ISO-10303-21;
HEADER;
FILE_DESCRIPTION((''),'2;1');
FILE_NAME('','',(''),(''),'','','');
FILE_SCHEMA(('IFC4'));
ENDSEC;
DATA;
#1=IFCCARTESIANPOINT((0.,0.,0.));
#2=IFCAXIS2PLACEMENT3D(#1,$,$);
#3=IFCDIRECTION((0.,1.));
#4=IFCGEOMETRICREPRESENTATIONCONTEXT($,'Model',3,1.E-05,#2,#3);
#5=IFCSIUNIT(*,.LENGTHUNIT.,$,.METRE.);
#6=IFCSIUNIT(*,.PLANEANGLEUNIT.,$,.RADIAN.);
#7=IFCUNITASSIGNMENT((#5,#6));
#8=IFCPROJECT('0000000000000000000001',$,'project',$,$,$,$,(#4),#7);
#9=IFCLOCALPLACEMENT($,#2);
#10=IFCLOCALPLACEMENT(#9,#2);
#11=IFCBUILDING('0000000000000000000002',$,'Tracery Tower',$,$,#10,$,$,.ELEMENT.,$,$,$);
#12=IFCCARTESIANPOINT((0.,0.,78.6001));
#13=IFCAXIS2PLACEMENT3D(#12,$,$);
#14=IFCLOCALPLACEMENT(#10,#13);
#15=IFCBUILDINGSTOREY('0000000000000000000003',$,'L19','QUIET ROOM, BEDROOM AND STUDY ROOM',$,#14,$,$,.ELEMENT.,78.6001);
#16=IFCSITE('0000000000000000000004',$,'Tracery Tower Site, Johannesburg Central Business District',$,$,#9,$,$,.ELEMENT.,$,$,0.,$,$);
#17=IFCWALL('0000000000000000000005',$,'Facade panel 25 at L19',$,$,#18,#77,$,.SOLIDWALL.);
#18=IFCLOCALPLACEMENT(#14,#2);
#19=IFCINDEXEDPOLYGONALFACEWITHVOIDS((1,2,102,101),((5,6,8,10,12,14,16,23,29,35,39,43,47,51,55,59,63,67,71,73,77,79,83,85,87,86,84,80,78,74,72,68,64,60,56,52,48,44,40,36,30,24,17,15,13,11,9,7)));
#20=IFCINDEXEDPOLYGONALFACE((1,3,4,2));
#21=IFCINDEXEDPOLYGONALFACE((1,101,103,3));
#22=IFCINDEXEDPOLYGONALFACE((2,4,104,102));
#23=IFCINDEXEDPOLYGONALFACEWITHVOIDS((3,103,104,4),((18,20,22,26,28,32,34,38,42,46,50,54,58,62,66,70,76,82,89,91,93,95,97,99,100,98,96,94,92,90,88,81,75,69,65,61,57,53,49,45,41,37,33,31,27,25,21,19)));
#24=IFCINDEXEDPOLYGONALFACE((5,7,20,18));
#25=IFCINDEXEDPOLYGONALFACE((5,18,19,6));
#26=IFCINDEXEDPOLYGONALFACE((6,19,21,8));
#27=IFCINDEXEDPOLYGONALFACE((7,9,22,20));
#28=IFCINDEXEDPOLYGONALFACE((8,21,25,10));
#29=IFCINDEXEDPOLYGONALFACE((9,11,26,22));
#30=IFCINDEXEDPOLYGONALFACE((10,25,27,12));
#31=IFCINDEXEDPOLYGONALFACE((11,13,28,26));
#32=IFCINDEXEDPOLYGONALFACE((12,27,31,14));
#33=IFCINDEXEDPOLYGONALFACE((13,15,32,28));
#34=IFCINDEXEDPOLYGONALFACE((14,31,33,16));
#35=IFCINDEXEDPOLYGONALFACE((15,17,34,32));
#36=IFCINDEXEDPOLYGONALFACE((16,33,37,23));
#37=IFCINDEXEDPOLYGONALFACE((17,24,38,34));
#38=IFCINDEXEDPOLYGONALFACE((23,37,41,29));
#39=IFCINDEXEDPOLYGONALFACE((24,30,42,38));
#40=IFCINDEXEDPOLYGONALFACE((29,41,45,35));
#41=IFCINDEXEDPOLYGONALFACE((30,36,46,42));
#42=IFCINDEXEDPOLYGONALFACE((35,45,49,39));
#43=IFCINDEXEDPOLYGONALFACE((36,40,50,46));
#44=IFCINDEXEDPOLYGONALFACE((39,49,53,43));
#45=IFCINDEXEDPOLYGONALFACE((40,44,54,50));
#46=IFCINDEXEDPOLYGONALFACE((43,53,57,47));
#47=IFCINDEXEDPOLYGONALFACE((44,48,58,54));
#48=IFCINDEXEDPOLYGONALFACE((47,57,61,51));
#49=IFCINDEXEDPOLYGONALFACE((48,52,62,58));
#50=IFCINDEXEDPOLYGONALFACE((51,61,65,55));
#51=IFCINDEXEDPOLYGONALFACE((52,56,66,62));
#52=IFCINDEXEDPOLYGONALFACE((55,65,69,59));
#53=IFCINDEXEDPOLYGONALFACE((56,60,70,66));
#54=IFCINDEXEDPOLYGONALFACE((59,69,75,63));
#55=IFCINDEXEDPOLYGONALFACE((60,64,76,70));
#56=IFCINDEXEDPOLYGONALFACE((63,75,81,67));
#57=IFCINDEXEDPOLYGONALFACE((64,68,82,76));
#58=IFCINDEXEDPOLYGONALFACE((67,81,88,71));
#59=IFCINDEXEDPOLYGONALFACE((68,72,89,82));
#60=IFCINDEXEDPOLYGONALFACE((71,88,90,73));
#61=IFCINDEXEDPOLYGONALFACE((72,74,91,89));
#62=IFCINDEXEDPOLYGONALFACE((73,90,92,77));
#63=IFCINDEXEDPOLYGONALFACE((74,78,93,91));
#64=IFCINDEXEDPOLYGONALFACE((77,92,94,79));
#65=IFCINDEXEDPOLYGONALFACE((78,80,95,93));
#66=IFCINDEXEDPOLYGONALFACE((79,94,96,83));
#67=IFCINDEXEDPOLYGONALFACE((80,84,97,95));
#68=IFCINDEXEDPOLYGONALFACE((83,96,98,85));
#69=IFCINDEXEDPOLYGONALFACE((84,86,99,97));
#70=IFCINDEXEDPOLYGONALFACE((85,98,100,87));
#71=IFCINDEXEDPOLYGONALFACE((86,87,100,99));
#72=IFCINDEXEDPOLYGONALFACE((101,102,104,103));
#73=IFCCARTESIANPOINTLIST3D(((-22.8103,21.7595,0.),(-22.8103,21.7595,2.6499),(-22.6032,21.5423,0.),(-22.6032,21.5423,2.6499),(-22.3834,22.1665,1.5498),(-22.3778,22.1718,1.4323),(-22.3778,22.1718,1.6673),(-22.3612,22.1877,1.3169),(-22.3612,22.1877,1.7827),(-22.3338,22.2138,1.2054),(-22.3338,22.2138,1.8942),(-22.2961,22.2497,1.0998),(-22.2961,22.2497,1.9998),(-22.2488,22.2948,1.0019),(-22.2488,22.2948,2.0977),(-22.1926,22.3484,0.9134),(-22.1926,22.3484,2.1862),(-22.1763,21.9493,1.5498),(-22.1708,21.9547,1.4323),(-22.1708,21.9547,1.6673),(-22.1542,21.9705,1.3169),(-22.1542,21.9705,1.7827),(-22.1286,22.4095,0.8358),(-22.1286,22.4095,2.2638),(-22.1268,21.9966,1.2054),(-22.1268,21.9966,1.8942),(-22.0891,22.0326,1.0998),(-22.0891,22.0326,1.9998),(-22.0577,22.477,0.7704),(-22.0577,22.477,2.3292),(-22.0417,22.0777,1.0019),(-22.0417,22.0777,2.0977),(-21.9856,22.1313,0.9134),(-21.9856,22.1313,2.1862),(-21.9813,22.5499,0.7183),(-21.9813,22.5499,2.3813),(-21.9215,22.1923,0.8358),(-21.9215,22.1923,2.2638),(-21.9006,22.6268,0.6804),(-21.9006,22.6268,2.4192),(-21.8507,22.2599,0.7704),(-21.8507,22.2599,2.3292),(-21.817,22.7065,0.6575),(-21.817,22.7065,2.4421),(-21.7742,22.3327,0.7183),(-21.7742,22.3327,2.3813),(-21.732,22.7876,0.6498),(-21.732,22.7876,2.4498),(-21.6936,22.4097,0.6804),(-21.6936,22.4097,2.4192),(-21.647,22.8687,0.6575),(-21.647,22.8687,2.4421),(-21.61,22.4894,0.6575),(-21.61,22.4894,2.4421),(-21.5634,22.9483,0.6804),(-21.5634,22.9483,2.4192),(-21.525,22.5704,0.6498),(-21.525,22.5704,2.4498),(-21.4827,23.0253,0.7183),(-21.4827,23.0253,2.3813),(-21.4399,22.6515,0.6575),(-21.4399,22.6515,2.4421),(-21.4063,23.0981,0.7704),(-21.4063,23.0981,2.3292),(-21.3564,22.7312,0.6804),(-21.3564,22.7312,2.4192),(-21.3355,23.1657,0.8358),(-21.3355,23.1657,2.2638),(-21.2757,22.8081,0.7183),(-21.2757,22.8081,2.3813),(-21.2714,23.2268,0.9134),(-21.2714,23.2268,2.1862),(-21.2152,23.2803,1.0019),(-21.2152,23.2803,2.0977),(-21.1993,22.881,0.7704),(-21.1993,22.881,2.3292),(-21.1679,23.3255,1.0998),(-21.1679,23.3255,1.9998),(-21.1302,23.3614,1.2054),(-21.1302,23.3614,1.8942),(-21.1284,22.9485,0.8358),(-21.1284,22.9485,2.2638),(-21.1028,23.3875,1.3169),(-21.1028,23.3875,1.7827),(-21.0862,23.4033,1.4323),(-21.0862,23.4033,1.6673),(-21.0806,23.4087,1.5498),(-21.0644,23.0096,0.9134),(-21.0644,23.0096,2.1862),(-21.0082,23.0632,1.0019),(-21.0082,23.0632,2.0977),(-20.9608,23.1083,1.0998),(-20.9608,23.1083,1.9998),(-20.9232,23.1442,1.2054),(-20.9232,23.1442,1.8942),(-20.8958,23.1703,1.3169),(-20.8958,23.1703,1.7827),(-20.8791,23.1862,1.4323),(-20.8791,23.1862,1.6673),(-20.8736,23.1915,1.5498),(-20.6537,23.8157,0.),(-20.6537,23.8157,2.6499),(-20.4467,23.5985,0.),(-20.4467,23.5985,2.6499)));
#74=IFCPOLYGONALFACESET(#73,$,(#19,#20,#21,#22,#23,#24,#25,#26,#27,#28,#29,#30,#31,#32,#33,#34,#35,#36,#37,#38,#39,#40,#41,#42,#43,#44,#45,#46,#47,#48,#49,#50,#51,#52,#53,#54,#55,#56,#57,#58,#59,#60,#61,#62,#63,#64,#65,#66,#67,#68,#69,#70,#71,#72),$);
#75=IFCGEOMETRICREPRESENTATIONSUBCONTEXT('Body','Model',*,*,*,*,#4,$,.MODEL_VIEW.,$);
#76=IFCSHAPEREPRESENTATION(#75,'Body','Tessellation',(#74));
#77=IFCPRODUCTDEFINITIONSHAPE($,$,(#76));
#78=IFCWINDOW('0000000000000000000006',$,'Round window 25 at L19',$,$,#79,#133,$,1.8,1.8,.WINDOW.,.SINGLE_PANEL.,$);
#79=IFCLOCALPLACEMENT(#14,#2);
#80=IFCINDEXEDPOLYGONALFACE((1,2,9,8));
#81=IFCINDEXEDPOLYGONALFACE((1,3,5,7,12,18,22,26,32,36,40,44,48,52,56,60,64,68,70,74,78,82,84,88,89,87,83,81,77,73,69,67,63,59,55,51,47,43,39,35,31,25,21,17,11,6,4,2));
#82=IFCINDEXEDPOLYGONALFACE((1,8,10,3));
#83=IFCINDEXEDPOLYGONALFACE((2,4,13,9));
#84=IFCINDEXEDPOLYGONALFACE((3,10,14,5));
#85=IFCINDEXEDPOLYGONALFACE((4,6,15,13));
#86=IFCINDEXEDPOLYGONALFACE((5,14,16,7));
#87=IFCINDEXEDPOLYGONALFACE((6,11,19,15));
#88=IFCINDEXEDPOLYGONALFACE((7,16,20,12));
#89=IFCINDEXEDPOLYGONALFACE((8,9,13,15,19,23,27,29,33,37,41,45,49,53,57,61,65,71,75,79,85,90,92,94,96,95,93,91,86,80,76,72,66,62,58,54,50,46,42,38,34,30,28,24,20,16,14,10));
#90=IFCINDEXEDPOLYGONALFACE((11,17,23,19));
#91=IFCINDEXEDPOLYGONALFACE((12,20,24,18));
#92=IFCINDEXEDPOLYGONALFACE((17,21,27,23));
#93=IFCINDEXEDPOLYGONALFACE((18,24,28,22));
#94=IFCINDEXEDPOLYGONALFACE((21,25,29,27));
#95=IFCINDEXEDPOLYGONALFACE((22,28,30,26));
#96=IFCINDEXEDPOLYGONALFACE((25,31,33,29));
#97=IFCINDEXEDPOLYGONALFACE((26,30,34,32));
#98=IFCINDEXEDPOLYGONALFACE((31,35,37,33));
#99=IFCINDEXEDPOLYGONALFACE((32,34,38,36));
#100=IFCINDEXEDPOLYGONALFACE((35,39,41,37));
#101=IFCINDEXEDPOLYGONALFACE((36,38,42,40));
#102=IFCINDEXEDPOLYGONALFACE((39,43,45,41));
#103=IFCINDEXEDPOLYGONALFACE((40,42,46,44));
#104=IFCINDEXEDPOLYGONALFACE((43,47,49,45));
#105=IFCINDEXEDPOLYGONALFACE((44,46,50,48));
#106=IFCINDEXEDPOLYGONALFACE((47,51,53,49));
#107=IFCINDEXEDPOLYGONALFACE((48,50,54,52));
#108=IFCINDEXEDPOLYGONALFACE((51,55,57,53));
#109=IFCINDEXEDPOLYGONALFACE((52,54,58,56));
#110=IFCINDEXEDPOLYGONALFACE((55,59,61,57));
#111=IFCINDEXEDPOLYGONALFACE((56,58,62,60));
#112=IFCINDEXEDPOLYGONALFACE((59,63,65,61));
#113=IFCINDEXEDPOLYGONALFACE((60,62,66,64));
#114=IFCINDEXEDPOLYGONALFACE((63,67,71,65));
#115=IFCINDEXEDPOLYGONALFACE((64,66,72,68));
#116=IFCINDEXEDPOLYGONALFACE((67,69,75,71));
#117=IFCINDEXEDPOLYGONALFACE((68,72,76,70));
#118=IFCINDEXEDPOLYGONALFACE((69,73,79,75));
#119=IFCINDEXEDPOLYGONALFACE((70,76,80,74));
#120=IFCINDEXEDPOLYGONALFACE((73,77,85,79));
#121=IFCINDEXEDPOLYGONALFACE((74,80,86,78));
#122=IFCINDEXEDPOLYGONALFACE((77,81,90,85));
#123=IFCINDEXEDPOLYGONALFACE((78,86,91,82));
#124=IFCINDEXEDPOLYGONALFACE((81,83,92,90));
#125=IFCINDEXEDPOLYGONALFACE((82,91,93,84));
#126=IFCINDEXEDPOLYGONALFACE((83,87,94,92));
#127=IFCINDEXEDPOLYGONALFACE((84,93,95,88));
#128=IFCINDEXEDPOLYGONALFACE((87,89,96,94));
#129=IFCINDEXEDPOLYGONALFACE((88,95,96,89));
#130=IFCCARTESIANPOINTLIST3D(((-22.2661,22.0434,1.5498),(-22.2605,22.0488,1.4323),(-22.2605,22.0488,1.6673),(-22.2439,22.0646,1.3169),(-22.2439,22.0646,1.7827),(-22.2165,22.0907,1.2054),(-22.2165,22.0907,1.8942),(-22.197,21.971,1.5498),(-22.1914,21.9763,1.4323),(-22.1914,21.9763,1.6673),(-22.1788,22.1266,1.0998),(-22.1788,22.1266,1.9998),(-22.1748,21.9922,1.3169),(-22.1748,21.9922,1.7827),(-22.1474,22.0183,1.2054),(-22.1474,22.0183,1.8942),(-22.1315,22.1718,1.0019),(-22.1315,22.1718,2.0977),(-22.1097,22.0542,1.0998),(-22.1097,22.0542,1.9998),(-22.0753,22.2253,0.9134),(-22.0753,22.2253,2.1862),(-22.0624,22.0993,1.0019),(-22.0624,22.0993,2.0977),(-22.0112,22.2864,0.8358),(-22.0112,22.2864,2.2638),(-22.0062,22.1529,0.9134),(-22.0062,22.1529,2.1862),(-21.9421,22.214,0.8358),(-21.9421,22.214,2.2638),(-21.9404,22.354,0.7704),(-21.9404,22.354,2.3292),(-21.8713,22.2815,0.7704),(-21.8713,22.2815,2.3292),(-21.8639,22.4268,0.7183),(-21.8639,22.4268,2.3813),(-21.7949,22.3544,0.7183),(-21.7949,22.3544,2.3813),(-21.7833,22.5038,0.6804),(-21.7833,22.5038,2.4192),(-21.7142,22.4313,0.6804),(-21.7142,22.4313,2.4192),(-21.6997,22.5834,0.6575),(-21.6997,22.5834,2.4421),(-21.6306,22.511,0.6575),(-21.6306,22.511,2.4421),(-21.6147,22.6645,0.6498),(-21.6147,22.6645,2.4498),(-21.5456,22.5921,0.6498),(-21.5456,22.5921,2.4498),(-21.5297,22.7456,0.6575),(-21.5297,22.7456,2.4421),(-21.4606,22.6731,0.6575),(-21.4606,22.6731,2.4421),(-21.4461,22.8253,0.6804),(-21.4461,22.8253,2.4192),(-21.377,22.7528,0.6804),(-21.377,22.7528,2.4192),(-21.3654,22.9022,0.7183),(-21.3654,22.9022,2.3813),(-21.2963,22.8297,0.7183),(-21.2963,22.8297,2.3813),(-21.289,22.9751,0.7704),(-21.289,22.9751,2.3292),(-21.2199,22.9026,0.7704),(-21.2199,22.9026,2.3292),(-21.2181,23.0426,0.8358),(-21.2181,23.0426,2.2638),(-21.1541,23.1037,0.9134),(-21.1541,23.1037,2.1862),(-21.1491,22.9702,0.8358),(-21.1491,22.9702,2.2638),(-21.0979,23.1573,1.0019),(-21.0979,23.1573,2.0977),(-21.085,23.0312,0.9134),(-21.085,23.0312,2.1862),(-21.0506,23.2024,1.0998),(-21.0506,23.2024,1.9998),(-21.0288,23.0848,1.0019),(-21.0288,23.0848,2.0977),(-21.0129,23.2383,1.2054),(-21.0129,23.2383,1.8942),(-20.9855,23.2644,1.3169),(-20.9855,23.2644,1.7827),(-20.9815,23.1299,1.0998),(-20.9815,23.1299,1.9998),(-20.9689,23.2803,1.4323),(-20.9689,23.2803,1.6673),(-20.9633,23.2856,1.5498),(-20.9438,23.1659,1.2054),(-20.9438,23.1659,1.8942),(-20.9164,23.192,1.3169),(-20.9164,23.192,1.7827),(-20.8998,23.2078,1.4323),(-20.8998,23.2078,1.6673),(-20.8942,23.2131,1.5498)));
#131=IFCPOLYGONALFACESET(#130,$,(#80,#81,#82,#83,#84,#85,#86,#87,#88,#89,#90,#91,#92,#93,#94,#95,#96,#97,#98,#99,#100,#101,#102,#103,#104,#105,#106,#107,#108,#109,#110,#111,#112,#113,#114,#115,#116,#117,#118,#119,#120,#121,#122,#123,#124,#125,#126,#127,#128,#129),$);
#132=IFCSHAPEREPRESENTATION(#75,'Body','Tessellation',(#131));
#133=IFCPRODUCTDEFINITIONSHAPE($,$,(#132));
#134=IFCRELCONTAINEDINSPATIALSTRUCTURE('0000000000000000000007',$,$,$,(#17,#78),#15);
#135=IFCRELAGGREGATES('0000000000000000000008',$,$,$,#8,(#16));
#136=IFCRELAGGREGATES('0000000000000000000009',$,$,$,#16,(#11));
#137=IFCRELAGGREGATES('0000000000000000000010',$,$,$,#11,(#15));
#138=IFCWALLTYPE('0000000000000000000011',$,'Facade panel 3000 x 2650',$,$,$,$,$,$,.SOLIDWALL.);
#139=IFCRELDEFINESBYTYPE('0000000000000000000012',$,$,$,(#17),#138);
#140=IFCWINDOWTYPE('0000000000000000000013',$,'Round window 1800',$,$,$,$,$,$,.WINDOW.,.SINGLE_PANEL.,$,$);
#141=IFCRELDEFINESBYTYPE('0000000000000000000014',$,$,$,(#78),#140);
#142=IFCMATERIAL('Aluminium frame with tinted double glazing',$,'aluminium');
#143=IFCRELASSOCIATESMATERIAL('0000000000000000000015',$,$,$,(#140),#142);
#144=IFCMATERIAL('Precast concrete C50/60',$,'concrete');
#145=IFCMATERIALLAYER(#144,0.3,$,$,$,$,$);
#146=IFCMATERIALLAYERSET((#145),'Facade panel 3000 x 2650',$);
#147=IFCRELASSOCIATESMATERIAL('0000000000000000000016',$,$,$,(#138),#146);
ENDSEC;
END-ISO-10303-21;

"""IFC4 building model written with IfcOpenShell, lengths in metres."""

from ifc_helpers import new_model, si_unit, direction, frame, frame_2d, origin, origin_2d, place, context, subcontext, project, spatial, rectangle, circle, extrude, material, layer, layer_set, type_object, element, fill, save


model = new_model("IFC4")

# Units and contexts
model_context = context("Model", 3, precision=1e-05, world=origin(), true_north=direction((0.0, 1.0)))
body_context = subcontext(model_context, "Body", "Model", "MODEL_VIEW")
ifc_project = project(units=[si_unit("LENGTHUNIT", "METRE"), si_unit("PLANEANGLEUNIT", "RADIAN")], contexts=[model_context])

# Site, building, storey
site_placement = place(None, origin())
site = spatial("IfcSite", under=ifc_project, at=site_placement, Name="Tracery Tower Site, Johannesburg Central Business District", CompositionType="ELEMENT", RefElevation=0.0)
building_placement = place(site_placement, origin())
building = spatial("IfcBuilding", under=site, at=building_placement, Name="Tracery Tower", CompositionType="ELEMENT")
storey_placement = place(building_placement, frame((0.0, 0.0, 78.6001)))
storey = spatial("IfcBuildingStorey", under=building, at=storey_placement, Name="L19", Description="QUIET ROOM, BEDROOM AND STUDY ROOM", CompositionType="ELEMENT", Elevation=78.6001)

# Wall, opening, window
ifc_material_1 = material(Name="Aluminium frame with tinted double glazing", Category="aluminium")
window_type = type_object("IfcWindowType", Name="Round window 1800", PartitioningType="SINGLE_PANEL", PredefinedType="WINDOW", material=ifc_material_1)
ifc_material_2 = material(Name="Precast concrete C50/60", Category="concrete")
ifc_layer_1 = layer(ifc_material_2, 0.3)
ifc_layer_set_1 = layer_set([ifc_layer_1], Name="Facade panel 3000 x 2650")
wall_type_1 = type_object("IfcWallType", Name="Facade panel 3000 x 2650", PredefinedType="SOLIDWALL", material=ifc_layer_set_1)
wall_1_placement = place(storey_placement, frame((-20.5503, 23.707, 0.0), z_axis=(0.0, 0.0, 1.0), x_axis=(-0.723744, -0.690068, 0.0)))
wall_1 = element("IfcWall", 1, at=wall_1_placement, inside=storey, type_object=wall_type_1, Name="Facade panel 25 at L19", PredefinedType="SOLIDWALL", context=body_context, shape_type="SweptSolid", body=[
    extrude(rectangle(XDim=2.9797, YDim=0.3, at=frame_2d((1.4897, 0.0))), origin(), (0.0, 0.0, 1.0), 2.6499),
])
opening_1_placement = place(wall_1_placement, frame((1.4897, 0.0, 1.5498)))
opening_1 = element("IfcOpeningElement", 2, at=opening_1_placement, cuts=wall_1, PredefinedType="OPENING", context=body_context, shape_type="SweptSolid", body=[
    extrude(circle(Radius=0.9, at=origin_2d()), frame((0.0, 0.1599, 0.0), z_axis=(0.0, -1.0, 0.0), x_axis=(1.0, 0.0, 0.0)), (0.0, 0.0, 1.0), 0.3201),
])
window_1_placement = place(opening_1_placement, origin())
window_1 = element("IfcWindow", 3, at=window_1_placement, inside=storey, type_object=window_type, Name="Round window 25 at L19", OverallHeight=1.8, OverallWidth=1.8, PartitioningType="SINGLE_PANEL", PredefinedType="WINDOW", context=body_context, shape_type="SweptSolid", body=[
    extrude(circle(Radius=0.9, at=origin_2d()), frame((0.0, 0.1201, 0.0), z_axis=(0.0, -1.0, 0.0), x_axis=(1.0, 0.0, 0.0)), (0.0, 0.0, 1.0), 0.1001),
])
fill(opening_1, window_1)

save(model, "model.ifc")
